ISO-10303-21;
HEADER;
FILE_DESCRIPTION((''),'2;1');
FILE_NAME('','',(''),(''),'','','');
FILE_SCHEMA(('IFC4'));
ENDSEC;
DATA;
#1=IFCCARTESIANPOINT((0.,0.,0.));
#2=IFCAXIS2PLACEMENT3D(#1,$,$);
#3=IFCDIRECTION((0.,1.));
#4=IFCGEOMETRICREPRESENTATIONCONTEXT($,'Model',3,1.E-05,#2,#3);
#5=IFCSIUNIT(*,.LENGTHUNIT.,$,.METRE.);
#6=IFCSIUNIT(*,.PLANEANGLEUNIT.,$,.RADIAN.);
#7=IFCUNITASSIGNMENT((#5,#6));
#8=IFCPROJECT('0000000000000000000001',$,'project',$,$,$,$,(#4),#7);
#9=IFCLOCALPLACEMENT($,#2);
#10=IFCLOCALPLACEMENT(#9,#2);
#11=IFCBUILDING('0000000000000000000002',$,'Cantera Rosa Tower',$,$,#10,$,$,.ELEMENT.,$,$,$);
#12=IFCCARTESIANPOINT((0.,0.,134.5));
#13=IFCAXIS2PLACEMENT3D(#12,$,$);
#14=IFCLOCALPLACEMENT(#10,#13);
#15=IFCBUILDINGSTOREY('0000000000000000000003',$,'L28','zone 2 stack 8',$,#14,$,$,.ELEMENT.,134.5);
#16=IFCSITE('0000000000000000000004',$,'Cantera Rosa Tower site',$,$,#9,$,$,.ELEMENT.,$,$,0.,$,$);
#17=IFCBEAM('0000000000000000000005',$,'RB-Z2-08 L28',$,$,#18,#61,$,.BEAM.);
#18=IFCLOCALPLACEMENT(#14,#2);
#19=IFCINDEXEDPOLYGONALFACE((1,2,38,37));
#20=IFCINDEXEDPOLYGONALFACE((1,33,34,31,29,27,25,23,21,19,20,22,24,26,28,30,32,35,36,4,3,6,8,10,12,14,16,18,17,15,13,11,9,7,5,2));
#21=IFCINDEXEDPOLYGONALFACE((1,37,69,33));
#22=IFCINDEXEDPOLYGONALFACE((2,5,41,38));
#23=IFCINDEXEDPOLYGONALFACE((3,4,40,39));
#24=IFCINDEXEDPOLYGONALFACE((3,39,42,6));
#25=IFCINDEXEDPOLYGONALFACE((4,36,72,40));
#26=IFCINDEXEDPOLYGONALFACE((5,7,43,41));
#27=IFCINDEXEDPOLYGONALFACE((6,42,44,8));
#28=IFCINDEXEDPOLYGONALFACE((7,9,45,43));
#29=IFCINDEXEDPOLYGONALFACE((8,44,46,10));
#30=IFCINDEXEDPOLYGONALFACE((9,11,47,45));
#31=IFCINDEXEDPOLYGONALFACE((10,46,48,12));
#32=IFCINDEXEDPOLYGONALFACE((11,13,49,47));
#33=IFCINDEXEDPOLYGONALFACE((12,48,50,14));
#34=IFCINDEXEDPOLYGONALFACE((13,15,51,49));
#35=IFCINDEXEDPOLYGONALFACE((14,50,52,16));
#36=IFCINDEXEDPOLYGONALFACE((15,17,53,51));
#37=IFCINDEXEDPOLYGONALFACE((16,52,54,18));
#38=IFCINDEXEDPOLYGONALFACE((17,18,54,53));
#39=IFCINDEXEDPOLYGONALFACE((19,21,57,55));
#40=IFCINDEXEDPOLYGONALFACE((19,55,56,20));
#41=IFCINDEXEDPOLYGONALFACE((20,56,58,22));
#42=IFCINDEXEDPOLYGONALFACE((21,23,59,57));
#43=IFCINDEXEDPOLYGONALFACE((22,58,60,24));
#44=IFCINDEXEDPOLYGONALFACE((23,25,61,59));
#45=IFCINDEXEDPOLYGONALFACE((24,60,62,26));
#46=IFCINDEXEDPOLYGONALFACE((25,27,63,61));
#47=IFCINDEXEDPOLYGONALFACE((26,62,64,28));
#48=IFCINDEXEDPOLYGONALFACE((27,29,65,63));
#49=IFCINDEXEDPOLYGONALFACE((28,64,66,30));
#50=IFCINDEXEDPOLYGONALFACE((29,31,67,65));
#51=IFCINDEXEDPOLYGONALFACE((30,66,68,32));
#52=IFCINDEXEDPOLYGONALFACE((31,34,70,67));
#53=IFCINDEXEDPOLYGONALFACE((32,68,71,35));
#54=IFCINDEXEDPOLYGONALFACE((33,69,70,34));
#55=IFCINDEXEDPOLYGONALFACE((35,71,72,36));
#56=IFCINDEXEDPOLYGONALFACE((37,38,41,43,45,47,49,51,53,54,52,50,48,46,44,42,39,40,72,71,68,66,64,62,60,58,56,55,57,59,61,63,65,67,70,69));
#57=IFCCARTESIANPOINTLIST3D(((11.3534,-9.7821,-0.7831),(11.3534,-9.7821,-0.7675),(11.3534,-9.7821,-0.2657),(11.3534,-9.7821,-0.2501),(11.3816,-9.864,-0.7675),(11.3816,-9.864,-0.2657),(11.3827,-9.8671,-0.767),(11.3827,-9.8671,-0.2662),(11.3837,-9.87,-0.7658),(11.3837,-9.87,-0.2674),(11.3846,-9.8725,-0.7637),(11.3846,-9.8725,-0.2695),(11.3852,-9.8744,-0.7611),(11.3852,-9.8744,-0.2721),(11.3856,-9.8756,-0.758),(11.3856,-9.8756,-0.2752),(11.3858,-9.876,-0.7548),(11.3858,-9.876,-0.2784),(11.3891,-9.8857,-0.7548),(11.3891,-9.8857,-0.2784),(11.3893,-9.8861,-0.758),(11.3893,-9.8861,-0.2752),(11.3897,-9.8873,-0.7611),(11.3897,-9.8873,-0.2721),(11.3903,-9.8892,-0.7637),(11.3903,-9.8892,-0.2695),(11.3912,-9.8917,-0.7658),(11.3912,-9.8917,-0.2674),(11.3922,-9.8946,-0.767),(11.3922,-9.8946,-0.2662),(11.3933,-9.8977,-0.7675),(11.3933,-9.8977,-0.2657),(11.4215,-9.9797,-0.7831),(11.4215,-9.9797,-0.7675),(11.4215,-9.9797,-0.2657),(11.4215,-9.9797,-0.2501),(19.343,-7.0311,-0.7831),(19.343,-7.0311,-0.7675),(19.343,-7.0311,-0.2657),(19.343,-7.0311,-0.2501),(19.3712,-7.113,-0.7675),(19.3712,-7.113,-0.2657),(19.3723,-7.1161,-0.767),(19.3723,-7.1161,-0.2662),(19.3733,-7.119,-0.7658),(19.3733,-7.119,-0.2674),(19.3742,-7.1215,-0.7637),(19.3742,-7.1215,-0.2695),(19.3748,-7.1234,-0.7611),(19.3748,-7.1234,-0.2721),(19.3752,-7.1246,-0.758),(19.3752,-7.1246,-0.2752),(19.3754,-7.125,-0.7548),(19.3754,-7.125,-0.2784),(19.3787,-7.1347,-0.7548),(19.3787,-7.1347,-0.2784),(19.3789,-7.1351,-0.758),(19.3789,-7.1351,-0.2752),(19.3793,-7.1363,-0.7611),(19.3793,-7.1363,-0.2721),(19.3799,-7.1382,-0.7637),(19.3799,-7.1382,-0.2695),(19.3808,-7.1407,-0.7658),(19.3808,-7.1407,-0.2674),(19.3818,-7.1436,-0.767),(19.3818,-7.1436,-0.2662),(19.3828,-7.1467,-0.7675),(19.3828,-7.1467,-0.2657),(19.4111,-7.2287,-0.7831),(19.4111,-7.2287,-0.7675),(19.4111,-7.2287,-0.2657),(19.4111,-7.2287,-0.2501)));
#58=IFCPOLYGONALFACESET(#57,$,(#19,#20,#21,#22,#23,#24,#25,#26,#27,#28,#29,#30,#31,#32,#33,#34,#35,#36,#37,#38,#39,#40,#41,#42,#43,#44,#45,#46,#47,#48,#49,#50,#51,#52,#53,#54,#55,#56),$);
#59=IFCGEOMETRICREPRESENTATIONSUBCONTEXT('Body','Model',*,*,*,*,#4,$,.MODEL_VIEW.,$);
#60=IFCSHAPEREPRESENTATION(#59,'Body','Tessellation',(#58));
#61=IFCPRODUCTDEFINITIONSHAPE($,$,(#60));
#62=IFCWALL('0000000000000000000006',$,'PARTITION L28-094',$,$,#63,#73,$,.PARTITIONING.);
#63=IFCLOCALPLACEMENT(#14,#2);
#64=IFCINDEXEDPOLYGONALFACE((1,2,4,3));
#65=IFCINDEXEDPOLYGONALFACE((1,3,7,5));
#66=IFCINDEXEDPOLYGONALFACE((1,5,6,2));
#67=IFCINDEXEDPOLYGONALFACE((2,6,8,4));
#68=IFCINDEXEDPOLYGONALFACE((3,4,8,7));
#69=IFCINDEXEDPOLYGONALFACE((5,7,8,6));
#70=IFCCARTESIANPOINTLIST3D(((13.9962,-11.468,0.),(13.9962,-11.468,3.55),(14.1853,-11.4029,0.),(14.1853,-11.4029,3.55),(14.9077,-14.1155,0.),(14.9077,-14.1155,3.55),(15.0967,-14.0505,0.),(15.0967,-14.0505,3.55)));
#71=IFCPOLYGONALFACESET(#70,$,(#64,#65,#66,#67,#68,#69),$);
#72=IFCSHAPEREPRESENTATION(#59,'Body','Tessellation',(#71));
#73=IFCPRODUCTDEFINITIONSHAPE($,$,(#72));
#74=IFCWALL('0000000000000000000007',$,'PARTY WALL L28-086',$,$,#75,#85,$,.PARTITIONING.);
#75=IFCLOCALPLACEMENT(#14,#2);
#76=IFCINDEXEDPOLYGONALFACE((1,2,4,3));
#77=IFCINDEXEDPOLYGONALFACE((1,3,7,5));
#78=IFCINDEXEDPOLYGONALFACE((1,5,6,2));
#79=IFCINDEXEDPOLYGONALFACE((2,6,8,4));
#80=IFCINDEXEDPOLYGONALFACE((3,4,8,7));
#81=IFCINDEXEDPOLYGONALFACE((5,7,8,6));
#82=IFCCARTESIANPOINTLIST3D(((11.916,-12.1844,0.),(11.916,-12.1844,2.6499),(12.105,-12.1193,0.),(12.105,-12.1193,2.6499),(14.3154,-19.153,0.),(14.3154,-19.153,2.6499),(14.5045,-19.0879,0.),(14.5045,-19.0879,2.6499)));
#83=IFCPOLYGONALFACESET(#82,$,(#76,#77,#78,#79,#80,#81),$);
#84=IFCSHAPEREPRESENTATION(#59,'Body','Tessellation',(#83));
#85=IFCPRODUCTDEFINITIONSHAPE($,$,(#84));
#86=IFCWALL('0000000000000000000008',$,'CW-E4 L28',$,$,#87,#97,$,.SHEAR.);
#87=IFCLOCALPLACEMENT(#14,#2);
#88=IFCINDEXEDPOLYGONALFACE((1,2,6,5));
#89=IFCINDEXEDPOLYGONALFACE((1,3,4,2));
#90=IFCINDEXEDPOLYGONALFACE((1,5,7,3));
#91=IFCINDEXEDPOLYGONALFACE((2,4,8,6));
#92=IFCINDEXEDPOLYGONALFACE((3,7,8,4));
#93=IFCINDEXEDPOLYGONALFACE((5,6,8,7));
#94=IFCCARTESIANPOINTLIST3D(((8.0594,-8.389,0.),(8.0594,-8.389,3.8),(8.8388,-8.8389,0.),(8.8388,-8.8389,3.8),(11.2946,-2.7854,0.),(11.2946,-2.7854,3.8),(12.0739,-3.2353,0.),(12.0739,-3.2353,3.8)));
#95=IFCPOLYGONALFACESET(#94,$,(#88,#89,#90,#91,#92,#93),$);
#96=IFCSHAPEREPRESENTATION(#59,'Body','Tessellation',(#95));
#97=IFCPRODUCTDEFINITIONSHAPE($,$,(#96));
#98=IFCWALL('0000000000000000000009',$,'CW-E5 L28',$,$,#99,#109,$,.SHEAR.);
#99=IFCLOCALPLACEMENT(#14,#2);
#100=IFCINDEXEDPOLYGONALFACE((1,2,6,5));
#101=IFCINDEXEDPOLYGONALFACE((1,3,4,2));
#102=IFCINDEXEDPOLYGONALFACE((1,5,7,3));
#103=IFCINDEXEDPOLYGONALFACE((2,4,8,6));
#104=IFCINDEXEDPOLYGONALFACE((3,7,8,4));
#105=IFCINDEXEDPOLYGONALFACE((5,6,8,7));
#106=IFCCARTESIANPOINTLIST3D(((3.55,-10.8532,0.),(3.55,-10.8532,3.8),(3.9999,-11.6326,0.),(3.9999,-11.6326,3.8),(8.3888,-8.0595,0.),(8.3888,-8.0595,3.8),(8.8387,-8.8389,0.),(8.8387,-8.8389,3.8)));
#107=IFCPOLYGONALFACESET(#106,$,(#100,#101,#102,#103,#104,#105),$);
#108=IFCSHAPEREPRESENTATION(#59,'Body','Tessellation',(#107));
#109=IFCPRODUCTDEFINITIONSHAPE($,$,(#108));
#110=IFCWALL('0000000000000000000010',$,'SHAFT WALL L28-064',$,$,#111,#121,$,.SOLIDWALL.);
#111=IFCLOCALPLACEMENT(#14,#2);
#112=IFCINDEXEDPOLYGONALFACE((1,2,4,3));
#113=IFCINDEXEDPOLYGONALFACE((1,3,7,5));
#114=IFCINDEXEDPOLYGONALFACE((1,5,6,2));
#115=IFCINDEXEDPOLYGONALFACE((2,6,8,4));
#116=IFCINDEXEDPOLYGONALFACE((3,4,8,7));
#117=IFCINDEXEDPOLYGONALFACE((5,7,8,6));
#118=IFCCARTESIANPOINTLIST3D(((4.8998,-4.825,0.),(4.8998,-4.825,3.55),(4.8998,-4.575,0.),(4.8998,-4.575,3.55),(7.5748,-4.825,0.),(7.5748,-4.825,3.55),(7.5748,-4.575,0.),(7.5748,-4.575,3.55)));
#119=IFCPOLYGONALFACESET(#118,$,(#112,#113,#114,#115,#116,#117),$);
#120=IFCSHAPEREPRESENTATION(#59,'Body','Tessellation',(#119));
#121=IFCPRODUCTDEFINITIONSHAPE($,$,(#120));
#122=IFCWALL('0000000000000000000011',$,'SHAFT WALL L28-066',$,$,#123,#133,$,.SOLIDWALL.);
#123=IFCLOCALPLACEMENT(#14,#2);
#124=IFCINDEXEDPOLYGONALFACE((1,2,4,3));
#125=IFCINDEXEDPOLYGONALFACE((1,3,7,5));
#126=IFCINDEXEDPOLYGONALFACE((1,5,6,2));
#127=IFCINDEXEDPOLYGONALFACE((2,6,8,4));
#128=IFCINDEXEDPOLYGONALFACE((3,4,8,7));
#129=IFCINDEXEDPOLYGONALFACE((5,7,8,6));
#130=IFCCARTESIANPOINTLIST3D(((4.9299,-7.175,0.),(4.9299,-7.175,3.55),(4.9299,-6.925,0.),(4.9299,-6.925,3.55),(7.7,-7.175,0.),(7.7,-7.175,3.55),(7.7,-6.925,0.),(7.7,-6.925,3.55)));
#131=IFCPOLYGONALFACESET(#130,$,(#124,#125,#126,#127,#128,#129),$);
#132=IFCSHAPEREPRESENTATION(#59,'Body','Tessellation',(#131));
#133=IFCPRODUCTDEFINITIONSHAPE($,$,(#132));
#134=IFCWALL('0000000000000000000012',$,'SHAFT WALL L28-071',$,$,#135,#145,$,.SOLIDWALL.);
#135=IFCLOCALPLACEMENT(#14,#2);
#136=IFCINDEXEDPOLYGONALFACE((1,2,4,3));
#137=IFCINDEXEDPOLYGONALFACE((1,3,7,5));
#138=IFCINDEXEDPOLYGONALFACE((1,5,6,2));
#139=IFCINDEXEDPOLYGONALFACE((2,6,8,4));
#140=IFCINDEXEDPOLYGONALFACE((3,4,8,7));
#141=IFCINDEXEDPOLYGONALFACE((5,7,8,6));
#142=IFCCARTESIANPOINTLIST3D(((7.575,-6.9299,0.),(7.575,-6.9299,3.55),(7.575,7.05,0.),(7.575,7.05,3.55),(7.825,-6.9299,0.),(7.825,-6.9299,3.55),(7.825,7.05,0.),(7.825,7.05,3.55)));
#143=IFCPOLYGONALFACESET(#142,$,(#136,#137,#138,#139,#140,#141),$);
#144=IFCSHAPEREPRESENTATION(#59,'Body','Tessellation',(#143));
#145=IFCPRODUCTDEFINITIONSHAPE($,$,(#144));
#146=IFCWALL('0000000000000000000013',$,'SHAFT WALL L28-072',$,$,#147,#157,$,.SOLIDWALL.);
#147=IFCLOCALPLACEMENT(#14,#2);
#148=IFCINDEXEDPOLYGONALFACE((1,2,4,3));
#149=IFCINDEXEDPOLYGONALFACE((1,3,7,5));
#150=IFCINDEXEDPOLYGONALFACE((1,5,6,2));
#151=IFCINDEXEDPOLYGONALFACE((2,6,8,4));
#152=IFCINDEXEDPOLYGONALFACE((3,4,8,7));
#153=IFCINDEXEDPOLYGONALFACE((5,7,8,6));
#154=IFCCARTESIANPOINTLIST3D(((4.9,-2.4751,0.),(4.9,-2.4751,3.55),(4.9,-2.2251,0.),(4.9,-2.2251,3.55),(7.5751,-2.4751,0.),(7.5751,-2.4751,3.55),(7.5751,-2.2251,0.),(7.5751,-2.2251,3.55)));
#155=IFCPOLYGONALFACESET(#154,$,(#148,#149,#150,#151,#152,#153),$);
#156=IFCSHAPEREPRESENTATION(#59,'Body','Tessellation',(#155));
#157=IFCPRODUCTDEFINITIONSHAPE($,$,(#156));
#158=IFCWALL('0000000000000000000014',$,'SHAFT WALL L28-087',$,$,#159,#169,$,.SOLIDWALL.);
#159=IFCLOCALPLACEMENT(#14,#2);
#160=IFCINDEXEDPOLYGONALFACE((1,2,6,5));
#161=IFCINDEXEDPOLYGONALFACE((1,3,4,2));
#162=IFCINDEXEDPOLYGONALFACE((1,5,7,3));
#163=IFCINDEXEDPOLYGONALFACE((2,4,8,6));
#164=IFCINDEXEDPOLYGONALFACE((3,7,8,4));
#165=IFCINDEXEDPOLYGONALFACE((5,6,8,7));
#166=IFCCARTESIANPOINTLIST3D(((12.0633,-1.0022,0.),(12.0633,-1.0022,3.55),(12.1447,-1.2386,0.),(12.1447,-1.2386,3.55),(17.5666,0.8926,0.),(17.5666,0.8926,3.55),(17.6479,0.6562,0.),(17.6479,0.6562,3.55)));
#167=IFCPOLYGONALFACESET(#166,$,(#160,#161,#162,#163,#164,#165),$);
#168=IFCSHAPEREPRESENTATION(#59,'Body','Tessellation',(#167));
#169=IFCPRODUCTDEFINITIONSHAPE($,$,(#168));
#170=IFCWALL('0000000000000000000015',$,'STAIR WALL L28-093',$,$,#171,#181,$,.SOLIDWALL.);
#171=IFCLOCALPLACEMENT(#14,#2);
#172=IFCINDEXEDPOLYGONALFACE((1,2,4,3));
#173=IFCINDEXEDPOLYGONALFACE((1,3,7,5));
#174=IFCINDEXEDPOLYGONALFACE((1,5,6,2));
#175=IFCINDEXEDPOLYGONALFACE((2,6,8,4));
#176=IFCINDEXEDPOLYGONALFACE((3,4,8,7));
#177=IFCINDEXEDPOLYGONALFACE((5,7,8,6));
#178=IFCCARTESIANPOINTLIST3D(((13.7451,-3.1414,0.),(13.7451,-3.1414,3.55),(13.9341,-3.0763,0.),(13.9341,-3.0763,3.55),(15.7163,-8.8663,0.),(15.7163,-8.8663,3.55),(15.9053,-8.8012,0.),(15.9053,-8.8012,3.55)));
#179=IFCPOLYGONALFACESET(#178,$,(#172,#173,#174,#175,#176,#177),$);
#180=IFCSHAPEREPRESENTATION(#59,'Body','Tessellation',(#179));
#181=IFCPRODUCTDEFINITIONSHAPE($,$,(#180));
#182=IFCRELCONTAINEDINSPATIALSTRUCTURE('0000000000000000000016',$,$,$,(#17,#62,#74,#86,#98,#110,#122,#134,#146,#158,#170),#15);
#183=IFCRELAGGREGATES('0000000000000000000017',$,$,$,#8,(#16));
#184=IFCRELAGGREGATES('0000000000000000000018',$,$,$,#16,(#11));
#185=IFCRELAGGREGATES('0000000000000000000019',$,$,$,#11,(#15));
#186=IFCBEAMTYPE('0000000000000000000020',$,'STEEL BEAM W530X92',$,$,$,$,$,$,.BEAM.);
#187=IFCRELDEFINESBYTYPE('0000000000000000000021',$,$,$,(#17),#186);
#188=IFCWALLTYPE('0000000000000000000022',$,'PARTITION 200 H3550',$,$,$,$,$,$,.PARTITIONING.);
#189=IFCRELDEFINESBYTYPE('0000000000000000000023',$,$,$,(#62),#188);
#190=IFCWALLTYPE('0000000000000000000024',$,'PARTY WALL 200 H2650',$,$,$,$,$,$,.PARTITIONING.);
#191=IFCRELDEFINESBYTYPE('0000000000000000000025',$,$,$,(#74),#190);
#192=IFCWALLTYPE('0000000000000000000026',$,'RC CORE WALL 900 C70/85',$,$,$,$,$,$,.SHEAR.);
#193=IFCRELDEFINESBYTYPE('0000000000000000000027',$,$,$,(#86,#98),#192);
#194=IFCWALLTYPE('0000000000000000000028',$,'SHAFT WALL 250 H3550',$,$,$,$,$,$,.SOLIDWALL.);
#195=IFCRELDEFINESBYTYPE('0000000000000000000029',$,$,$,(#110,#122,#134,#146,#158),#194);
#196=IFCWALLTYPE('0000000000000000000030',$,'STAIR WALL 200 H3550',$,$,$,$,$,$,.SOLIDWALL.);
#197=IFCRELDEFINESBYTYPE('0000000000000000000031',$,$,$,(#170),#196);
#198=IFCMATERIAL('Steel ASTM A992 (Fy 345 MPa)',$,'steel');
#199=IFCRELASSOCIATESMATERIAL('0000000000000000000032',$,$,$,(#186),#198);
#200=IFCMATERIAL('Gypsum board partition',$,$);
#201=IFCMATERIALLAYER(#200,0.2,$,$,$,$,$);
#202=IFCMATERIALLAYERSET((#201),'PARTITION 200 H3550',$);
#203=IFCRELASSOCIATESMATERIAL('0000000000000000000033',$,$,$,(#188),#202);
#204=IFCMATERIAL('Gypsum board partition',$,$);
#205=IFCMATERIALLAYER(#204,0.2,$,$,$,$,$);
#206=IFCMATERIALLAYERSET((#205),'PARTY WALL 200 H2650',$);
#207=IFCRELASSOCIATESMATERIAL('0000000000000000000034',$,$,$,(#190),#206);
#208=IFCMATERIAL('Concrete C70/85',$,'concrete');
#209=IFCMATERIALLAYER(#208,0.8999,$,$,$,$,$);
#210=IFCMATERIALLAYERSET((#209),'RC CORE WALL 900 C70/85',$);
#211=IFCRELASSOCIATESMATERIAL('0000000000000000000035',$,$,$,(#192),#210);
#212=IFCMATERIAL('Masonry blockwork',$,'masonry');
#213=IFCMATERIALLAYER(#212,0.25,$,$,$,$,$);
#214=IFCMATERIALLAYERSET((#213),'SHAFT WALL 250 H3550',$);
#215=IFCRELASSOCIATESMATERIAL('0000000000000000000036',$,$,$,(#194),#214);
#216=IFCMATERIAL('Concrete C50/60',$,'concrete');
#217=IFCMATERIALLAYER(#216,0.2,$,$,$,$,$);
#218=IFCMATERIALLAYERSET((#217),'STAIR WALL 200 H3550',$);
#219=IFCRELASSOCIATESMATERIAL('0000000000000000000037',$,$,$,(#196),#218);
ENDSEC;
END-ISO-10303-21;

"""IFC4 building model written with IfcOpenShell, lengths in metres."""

from ifc_helpers import new_model, si_unit, direction, frame, frame_2d, origin, origin_2d, place, context, subcontext, project, spatial, rectangle, i_section, extrude, material, layer, layer_set, material_profile, profile_set, type_object, element, save


model = new_model("IFC4")

# Units and contexts
model_context = context("Model", 3, precision=1e-05, world=origin(), true_north=direction((0.0, 1.0)))
body_context = subcontext(model_context, "Body", "Model", "MODEL_VIEW")
ifc_project = project(units=[si_unit("LENGTHUNIT", "METRE"), si_unit("PLANEANGLEUNIT", "RADIAN")], contexts=[model_context])

# Site, building, storey
site_placement = place(None, origin())
site = spatial("IfcSite", under=ifc_project, at=site_placement, Name="Cantera Rosa Tower site", CompositionType="ELEMENT", RefElevation=0.0)
building_placement = place(site_placement, origin())
building = spatial("IfcBuilding", under=site, at=building_placement, Name="Cantera Rosa Tower", CompositionType="ELEMENT")
storey_placement = place(building_placement, frame((0.0, 0.0, 134.5)))
storey = spatial("IfcBuildingStorey", under=building, at=storey_placement, Name="L28", Description="zone 2 stack 8", CompositionType="ELEMENT", Elevation=134.5)

# Beam
ifc_material_1 = material(Name="Steel ASTM A992 (Fy 345 MPa)", Category="steel")
ifc_material_profile = material_profile(ifc_material_1, i_section(OverallWidth=0.209, OverallDepth=0.533, WebThickness=0.0103, FlangeThickness=0.0156, FilletRadius=0.0127, at=origin_2d()), Name="W530X92")
ifc_profile_set = profile_set([ifc_material_profile], Name="Steel ASTM A992 (Fy 345 MPa)")
beam_type = type_object("IfcBeamType", Name="STEEL BEAM W530X92", PredefinedType="BEAM", material=ifc_profile_set)
beam_placement = place(storey_placement, frame((11.3875, -9.8809, -0.5166), z_axis=(0.94552, 0.325565, 0.0), x_axis=(-0.325565, 0.94552, 0.0)))
element("IfcBeam", 1, at=beam_placement, inside=storey, type_object=beam_type, Name="RB-Z2-08 L28", PredefinedType="BEAM", context=body_context, shape_type="SweptSolid", body=[
    extrude(i_section(OverallWidth=0.209, OverallDepth=0.533, WebThickness=0.0103, FlangeThickness=0.0156, FilletRadius=0.0127, at=origin_2d()), origin(), (0.0, 0.0, 1.0), 8.45),
])

# Walls
ifc_material_2 = material(Name="Gypsum board partition")
ifc_layer_1 = layer(ifc_material_2, 0.2)
ifc_layer_set_1 = layer_set([ifc_layer_1], Name="PARTITION 200 H3550")
wall_type_1 = type_object("IfcWallType", Name="PARTITION 200 H3550", PredefinedType="PARTITIONING", material=ifc_layer_set_1)
wall_1_placement = place(storey_placement, frame((14.0908, -11.4355, 0.0), z_axis=(0.0, 0.0, 1.0), x_axis=(0.325499, -0.945542, 0.0)))
element("IfcWall", 2, at=wall_1_placement, inside=storey, type_object=wall_type_1, Name="PARTITION L28-094", PredefinedType="PARTITIONING", context=body_context, shape_type="SweptSolid", body=[
    extrude(rectangle(XDim=2.8, YDim=0.2, at=frame_2d((1.3999, 0.0))), origin(), (0.0, 0.0, 1.0), 3.55),
])
ifc_material_3 = material(Name="Gypsum board partition")
ifc_layer_2 = layer(ifc_material_3, 0.2)
ifc_layer_set_2 = layer_set([ifc_layer_2], Name="PARTY WALL 200 H2650")
wall_type_2 = type_object("IfcWallType", Name="PARTY WALL 200 H2650", PredefinedType="PARTITIONING", material=ifc_layer_set_2)
wall_2_placement = place(storey_placement, frame((12.0105, -12.1519, 0.0), z_axis=(0.0, 0.0, 1.0), x_axis=(0.325564, -0.94552, 0.0)))
element("IfcWall", 3, at=wall_2_placement, inside=storey, type_object=wall_type_2, Name="PARTY WALL L28-086", PredefinedType="PARTITIONING", context=body_context, shape_type="SweptSolid", body=[
    extrude(rectangle(XDim=7.3701, YDim=0.2, at=frame_2d((3.6851, 0.0))), origin(), (0.0, 0.0, 1.0), 2.6499),
])
ifc_material_4 = material(Name="Concrete C70/85", Category="concrete")
ifc_layer_3 = layer(ifc_material_4, 0.8999)
ifc_layer_set_3 = layer_set([ifc_layer_3], Name="RC CORE WALL 900 C70/85")
wall_type_3 = type_object("IfcWallType", Name="RC CORE WALL 900 C70/85", PredefinedType="SHEAR", material=ifc_layer_set_3)
wall_3_placement = place(storey_placement, frame((11.6843, -3.0103, 0.0), z_axis=(0.0, 0.0, 1.0), x_axis=(-0.49999, -0.866031, 0.0)))
element("IfcWall", 4, at=wall_3_placement, inside=storey, type_object=wall_type_3, Name="CW-E4 L28", PredefinedType="SHEAR", context=body_context, shape_type="SweptSolid", body=[
    extrude(rectangle(XDim=6.4705, YDim=0.8999, at=frame_2d((3.2354, 0.0))), origin(), (0.0, 0.0, 1.0), 3.8),
])
wall_4_placement = place(storey_placement, frame((8.6138, -8.4492, 0.0), z_axis=(0.0, 0.0, 1.0), x_axis=(-0.866027, -0.499997, 0.0)))
element("IfcWall", 5, at=wall_4_placement, inside=storey, type_object=wall_type_3, Name="CW-E5 L28", PredefinedType="SHEAR", context=body_context, shape_type="SweptSolid", body=[
    extrude(rectangle(XDim=5.5874, YDim=0.8999, at=frame_2d((2.7937, 0.0))), origin(), (0.0, 0.0, 1.0), 3.8),
])
ifc_material_5 = material(Name="Masonry blockwork", Category="masonry")
ifc_layer_4 = layer(ifc_material_5, 0.25)
ifc_layer_set_4 = layer_set([ifc_layer_4], Name="SHAFT WALL 250 H3550")
wall_type_4 = type_object("IfcWallType", Name="SHAFT WALL 250 H3550", PredefinedType="SOLIDWALL", material=ifc_layer_set_4)
wall_5_placement = place(storey_placement, frame((4.8999, -4.7, 0.0), z_axis=(0.0, 0.0, 1.0), x_axis=(1.0, 0.0, 0.0)))
element("IfcWall", 6, at=wall_5_placement, inside=storey, type_object=wall_type_4, Name="SHAFT WALL L28-064", PredefinedType="SOLIDWALL", context=body_context, shape_type="SweptSolid", body=[
    extrude(rectangle(XDim=2.675, YDim=0.25, at=frame_2d((1.3374, 0.0))), origin(), (0.0, 0.0, 1.0), 3.55),
])
wall_6_placement = place(storey_placement, frame((4.9299, -7.05, 0.0), z_axis=(0.0, 0.0, 1.0), x_axis=(1.0, 0.0, 0.0)))
element("IfcWall", 7, at=wall_6_placement, inside=storey, type_object=wall_type_4, Name="SHAFT WALL L28-066", PredefinedType="SOLIDWALL", context=body_context, shape_type="SweptSolid", body=[
    extrude(rectangle(XDim=2.77, YDim=0.25, at=frame_2d((1.385, 0.0))), origin(), (0.0, 0.0, 1.0), 3.55),
])
wall_7_placement = place(storey_placement, frame((7.7, -6.9299, 0.0), z_axis=(0.0, 0.0, 1.0), x_axis=(0.0, 1.0, 0.0)))
element("IfcWall", 8, at=wall_7_placement, inside=storey, type_object=wall_type_4, Name="SHAFT WALL L28-071", PredefinedType="SOLIDWALL", context=body_context, shape_type="SweptSolid", body=[
    extrude(rectangle(XDim=13.98, YDim=0.25, at=frame_2d((6.99, 0.0))), origin(), (0.0, 0.0, 1.0), 3.55),
])
wall_8_placement = place(storey_placement, frame((7.575, -2.3501, 0.0), z_axis=(0.0, 0.0, 1.0), x_axis=(-1.0, 0.0, 0.0)))
element("IfcWall", 9, at=wall_8_placement, inside=storey, type_object=wall_type_4, Name="SHAFT WALL L28-072", PredefinedType="SOLIDWALL", context=body_context, shape_type="SweptSolid", body=[
    extrude(rectangle(XDim=2.675, YDim=0.25, at=frame_2d((1.3374, 0.0))), origin(), (0.0, 0.0, 1.0), 3.55),
])
wall_9_placement = place(storey_placement, frame((12.104, -1.1204, 0.0), z_axis=(0.0, 0.0, 1.0), x_axis=(0.945525, 0.32555, 0.0)))
element("IfcWall", 10, at=wall_9_placement, inside=storey, type_object=wall_type_4, Name="SHAFT WALL L28-087", PredefinedType="SOLIDWALL", context=body_context, shape_type="SweptSolid", body=[
    extrude(rectangle(XDim=5.8203, YDim=0.25, at=frame_2d((2.9102, 0.0))), origin(), (0.0, 0.0, 1.0), 3.55),
])
ifc_material_6 = material(Name="Concrete C50/60", Category="concrete")
ifc_layer_5 = layer(ifc_material_6, 0.2)
ifc_layer_set_5 = layer_set([ifc_layer_5], Name="STAIR WALL 200 H3550")
wall_type_5 = type_object("IfcWallType", Name="STAIR WALL 200 H3550", PredefinedType="SOLIDWALL", material=ifc_layer_set_5)
wall_10_placement = place(storey_placement, frame((13.8396, -3.1089, 0.0), z_axis=(0.0, 0.0, 1.0), x_axis=(0.325563, -0.94552, 0.0)))
element("IfcWall", 11, at=wall_10_placement, inside=storey, type_object=wall_type_5, Name="STAIR WALL L28-093", PredefinedType="SOLIDWALL", context=body_context, shape_type="SweptSolid", body=[
    extrude(rectangle(XDim=6.0547, YDim=0.2, at=frame_2d((3.0273, 0.0))), origin(), (0.0, 0.0, 1.0), 3.55),
])

save(model, "model.ifc")
